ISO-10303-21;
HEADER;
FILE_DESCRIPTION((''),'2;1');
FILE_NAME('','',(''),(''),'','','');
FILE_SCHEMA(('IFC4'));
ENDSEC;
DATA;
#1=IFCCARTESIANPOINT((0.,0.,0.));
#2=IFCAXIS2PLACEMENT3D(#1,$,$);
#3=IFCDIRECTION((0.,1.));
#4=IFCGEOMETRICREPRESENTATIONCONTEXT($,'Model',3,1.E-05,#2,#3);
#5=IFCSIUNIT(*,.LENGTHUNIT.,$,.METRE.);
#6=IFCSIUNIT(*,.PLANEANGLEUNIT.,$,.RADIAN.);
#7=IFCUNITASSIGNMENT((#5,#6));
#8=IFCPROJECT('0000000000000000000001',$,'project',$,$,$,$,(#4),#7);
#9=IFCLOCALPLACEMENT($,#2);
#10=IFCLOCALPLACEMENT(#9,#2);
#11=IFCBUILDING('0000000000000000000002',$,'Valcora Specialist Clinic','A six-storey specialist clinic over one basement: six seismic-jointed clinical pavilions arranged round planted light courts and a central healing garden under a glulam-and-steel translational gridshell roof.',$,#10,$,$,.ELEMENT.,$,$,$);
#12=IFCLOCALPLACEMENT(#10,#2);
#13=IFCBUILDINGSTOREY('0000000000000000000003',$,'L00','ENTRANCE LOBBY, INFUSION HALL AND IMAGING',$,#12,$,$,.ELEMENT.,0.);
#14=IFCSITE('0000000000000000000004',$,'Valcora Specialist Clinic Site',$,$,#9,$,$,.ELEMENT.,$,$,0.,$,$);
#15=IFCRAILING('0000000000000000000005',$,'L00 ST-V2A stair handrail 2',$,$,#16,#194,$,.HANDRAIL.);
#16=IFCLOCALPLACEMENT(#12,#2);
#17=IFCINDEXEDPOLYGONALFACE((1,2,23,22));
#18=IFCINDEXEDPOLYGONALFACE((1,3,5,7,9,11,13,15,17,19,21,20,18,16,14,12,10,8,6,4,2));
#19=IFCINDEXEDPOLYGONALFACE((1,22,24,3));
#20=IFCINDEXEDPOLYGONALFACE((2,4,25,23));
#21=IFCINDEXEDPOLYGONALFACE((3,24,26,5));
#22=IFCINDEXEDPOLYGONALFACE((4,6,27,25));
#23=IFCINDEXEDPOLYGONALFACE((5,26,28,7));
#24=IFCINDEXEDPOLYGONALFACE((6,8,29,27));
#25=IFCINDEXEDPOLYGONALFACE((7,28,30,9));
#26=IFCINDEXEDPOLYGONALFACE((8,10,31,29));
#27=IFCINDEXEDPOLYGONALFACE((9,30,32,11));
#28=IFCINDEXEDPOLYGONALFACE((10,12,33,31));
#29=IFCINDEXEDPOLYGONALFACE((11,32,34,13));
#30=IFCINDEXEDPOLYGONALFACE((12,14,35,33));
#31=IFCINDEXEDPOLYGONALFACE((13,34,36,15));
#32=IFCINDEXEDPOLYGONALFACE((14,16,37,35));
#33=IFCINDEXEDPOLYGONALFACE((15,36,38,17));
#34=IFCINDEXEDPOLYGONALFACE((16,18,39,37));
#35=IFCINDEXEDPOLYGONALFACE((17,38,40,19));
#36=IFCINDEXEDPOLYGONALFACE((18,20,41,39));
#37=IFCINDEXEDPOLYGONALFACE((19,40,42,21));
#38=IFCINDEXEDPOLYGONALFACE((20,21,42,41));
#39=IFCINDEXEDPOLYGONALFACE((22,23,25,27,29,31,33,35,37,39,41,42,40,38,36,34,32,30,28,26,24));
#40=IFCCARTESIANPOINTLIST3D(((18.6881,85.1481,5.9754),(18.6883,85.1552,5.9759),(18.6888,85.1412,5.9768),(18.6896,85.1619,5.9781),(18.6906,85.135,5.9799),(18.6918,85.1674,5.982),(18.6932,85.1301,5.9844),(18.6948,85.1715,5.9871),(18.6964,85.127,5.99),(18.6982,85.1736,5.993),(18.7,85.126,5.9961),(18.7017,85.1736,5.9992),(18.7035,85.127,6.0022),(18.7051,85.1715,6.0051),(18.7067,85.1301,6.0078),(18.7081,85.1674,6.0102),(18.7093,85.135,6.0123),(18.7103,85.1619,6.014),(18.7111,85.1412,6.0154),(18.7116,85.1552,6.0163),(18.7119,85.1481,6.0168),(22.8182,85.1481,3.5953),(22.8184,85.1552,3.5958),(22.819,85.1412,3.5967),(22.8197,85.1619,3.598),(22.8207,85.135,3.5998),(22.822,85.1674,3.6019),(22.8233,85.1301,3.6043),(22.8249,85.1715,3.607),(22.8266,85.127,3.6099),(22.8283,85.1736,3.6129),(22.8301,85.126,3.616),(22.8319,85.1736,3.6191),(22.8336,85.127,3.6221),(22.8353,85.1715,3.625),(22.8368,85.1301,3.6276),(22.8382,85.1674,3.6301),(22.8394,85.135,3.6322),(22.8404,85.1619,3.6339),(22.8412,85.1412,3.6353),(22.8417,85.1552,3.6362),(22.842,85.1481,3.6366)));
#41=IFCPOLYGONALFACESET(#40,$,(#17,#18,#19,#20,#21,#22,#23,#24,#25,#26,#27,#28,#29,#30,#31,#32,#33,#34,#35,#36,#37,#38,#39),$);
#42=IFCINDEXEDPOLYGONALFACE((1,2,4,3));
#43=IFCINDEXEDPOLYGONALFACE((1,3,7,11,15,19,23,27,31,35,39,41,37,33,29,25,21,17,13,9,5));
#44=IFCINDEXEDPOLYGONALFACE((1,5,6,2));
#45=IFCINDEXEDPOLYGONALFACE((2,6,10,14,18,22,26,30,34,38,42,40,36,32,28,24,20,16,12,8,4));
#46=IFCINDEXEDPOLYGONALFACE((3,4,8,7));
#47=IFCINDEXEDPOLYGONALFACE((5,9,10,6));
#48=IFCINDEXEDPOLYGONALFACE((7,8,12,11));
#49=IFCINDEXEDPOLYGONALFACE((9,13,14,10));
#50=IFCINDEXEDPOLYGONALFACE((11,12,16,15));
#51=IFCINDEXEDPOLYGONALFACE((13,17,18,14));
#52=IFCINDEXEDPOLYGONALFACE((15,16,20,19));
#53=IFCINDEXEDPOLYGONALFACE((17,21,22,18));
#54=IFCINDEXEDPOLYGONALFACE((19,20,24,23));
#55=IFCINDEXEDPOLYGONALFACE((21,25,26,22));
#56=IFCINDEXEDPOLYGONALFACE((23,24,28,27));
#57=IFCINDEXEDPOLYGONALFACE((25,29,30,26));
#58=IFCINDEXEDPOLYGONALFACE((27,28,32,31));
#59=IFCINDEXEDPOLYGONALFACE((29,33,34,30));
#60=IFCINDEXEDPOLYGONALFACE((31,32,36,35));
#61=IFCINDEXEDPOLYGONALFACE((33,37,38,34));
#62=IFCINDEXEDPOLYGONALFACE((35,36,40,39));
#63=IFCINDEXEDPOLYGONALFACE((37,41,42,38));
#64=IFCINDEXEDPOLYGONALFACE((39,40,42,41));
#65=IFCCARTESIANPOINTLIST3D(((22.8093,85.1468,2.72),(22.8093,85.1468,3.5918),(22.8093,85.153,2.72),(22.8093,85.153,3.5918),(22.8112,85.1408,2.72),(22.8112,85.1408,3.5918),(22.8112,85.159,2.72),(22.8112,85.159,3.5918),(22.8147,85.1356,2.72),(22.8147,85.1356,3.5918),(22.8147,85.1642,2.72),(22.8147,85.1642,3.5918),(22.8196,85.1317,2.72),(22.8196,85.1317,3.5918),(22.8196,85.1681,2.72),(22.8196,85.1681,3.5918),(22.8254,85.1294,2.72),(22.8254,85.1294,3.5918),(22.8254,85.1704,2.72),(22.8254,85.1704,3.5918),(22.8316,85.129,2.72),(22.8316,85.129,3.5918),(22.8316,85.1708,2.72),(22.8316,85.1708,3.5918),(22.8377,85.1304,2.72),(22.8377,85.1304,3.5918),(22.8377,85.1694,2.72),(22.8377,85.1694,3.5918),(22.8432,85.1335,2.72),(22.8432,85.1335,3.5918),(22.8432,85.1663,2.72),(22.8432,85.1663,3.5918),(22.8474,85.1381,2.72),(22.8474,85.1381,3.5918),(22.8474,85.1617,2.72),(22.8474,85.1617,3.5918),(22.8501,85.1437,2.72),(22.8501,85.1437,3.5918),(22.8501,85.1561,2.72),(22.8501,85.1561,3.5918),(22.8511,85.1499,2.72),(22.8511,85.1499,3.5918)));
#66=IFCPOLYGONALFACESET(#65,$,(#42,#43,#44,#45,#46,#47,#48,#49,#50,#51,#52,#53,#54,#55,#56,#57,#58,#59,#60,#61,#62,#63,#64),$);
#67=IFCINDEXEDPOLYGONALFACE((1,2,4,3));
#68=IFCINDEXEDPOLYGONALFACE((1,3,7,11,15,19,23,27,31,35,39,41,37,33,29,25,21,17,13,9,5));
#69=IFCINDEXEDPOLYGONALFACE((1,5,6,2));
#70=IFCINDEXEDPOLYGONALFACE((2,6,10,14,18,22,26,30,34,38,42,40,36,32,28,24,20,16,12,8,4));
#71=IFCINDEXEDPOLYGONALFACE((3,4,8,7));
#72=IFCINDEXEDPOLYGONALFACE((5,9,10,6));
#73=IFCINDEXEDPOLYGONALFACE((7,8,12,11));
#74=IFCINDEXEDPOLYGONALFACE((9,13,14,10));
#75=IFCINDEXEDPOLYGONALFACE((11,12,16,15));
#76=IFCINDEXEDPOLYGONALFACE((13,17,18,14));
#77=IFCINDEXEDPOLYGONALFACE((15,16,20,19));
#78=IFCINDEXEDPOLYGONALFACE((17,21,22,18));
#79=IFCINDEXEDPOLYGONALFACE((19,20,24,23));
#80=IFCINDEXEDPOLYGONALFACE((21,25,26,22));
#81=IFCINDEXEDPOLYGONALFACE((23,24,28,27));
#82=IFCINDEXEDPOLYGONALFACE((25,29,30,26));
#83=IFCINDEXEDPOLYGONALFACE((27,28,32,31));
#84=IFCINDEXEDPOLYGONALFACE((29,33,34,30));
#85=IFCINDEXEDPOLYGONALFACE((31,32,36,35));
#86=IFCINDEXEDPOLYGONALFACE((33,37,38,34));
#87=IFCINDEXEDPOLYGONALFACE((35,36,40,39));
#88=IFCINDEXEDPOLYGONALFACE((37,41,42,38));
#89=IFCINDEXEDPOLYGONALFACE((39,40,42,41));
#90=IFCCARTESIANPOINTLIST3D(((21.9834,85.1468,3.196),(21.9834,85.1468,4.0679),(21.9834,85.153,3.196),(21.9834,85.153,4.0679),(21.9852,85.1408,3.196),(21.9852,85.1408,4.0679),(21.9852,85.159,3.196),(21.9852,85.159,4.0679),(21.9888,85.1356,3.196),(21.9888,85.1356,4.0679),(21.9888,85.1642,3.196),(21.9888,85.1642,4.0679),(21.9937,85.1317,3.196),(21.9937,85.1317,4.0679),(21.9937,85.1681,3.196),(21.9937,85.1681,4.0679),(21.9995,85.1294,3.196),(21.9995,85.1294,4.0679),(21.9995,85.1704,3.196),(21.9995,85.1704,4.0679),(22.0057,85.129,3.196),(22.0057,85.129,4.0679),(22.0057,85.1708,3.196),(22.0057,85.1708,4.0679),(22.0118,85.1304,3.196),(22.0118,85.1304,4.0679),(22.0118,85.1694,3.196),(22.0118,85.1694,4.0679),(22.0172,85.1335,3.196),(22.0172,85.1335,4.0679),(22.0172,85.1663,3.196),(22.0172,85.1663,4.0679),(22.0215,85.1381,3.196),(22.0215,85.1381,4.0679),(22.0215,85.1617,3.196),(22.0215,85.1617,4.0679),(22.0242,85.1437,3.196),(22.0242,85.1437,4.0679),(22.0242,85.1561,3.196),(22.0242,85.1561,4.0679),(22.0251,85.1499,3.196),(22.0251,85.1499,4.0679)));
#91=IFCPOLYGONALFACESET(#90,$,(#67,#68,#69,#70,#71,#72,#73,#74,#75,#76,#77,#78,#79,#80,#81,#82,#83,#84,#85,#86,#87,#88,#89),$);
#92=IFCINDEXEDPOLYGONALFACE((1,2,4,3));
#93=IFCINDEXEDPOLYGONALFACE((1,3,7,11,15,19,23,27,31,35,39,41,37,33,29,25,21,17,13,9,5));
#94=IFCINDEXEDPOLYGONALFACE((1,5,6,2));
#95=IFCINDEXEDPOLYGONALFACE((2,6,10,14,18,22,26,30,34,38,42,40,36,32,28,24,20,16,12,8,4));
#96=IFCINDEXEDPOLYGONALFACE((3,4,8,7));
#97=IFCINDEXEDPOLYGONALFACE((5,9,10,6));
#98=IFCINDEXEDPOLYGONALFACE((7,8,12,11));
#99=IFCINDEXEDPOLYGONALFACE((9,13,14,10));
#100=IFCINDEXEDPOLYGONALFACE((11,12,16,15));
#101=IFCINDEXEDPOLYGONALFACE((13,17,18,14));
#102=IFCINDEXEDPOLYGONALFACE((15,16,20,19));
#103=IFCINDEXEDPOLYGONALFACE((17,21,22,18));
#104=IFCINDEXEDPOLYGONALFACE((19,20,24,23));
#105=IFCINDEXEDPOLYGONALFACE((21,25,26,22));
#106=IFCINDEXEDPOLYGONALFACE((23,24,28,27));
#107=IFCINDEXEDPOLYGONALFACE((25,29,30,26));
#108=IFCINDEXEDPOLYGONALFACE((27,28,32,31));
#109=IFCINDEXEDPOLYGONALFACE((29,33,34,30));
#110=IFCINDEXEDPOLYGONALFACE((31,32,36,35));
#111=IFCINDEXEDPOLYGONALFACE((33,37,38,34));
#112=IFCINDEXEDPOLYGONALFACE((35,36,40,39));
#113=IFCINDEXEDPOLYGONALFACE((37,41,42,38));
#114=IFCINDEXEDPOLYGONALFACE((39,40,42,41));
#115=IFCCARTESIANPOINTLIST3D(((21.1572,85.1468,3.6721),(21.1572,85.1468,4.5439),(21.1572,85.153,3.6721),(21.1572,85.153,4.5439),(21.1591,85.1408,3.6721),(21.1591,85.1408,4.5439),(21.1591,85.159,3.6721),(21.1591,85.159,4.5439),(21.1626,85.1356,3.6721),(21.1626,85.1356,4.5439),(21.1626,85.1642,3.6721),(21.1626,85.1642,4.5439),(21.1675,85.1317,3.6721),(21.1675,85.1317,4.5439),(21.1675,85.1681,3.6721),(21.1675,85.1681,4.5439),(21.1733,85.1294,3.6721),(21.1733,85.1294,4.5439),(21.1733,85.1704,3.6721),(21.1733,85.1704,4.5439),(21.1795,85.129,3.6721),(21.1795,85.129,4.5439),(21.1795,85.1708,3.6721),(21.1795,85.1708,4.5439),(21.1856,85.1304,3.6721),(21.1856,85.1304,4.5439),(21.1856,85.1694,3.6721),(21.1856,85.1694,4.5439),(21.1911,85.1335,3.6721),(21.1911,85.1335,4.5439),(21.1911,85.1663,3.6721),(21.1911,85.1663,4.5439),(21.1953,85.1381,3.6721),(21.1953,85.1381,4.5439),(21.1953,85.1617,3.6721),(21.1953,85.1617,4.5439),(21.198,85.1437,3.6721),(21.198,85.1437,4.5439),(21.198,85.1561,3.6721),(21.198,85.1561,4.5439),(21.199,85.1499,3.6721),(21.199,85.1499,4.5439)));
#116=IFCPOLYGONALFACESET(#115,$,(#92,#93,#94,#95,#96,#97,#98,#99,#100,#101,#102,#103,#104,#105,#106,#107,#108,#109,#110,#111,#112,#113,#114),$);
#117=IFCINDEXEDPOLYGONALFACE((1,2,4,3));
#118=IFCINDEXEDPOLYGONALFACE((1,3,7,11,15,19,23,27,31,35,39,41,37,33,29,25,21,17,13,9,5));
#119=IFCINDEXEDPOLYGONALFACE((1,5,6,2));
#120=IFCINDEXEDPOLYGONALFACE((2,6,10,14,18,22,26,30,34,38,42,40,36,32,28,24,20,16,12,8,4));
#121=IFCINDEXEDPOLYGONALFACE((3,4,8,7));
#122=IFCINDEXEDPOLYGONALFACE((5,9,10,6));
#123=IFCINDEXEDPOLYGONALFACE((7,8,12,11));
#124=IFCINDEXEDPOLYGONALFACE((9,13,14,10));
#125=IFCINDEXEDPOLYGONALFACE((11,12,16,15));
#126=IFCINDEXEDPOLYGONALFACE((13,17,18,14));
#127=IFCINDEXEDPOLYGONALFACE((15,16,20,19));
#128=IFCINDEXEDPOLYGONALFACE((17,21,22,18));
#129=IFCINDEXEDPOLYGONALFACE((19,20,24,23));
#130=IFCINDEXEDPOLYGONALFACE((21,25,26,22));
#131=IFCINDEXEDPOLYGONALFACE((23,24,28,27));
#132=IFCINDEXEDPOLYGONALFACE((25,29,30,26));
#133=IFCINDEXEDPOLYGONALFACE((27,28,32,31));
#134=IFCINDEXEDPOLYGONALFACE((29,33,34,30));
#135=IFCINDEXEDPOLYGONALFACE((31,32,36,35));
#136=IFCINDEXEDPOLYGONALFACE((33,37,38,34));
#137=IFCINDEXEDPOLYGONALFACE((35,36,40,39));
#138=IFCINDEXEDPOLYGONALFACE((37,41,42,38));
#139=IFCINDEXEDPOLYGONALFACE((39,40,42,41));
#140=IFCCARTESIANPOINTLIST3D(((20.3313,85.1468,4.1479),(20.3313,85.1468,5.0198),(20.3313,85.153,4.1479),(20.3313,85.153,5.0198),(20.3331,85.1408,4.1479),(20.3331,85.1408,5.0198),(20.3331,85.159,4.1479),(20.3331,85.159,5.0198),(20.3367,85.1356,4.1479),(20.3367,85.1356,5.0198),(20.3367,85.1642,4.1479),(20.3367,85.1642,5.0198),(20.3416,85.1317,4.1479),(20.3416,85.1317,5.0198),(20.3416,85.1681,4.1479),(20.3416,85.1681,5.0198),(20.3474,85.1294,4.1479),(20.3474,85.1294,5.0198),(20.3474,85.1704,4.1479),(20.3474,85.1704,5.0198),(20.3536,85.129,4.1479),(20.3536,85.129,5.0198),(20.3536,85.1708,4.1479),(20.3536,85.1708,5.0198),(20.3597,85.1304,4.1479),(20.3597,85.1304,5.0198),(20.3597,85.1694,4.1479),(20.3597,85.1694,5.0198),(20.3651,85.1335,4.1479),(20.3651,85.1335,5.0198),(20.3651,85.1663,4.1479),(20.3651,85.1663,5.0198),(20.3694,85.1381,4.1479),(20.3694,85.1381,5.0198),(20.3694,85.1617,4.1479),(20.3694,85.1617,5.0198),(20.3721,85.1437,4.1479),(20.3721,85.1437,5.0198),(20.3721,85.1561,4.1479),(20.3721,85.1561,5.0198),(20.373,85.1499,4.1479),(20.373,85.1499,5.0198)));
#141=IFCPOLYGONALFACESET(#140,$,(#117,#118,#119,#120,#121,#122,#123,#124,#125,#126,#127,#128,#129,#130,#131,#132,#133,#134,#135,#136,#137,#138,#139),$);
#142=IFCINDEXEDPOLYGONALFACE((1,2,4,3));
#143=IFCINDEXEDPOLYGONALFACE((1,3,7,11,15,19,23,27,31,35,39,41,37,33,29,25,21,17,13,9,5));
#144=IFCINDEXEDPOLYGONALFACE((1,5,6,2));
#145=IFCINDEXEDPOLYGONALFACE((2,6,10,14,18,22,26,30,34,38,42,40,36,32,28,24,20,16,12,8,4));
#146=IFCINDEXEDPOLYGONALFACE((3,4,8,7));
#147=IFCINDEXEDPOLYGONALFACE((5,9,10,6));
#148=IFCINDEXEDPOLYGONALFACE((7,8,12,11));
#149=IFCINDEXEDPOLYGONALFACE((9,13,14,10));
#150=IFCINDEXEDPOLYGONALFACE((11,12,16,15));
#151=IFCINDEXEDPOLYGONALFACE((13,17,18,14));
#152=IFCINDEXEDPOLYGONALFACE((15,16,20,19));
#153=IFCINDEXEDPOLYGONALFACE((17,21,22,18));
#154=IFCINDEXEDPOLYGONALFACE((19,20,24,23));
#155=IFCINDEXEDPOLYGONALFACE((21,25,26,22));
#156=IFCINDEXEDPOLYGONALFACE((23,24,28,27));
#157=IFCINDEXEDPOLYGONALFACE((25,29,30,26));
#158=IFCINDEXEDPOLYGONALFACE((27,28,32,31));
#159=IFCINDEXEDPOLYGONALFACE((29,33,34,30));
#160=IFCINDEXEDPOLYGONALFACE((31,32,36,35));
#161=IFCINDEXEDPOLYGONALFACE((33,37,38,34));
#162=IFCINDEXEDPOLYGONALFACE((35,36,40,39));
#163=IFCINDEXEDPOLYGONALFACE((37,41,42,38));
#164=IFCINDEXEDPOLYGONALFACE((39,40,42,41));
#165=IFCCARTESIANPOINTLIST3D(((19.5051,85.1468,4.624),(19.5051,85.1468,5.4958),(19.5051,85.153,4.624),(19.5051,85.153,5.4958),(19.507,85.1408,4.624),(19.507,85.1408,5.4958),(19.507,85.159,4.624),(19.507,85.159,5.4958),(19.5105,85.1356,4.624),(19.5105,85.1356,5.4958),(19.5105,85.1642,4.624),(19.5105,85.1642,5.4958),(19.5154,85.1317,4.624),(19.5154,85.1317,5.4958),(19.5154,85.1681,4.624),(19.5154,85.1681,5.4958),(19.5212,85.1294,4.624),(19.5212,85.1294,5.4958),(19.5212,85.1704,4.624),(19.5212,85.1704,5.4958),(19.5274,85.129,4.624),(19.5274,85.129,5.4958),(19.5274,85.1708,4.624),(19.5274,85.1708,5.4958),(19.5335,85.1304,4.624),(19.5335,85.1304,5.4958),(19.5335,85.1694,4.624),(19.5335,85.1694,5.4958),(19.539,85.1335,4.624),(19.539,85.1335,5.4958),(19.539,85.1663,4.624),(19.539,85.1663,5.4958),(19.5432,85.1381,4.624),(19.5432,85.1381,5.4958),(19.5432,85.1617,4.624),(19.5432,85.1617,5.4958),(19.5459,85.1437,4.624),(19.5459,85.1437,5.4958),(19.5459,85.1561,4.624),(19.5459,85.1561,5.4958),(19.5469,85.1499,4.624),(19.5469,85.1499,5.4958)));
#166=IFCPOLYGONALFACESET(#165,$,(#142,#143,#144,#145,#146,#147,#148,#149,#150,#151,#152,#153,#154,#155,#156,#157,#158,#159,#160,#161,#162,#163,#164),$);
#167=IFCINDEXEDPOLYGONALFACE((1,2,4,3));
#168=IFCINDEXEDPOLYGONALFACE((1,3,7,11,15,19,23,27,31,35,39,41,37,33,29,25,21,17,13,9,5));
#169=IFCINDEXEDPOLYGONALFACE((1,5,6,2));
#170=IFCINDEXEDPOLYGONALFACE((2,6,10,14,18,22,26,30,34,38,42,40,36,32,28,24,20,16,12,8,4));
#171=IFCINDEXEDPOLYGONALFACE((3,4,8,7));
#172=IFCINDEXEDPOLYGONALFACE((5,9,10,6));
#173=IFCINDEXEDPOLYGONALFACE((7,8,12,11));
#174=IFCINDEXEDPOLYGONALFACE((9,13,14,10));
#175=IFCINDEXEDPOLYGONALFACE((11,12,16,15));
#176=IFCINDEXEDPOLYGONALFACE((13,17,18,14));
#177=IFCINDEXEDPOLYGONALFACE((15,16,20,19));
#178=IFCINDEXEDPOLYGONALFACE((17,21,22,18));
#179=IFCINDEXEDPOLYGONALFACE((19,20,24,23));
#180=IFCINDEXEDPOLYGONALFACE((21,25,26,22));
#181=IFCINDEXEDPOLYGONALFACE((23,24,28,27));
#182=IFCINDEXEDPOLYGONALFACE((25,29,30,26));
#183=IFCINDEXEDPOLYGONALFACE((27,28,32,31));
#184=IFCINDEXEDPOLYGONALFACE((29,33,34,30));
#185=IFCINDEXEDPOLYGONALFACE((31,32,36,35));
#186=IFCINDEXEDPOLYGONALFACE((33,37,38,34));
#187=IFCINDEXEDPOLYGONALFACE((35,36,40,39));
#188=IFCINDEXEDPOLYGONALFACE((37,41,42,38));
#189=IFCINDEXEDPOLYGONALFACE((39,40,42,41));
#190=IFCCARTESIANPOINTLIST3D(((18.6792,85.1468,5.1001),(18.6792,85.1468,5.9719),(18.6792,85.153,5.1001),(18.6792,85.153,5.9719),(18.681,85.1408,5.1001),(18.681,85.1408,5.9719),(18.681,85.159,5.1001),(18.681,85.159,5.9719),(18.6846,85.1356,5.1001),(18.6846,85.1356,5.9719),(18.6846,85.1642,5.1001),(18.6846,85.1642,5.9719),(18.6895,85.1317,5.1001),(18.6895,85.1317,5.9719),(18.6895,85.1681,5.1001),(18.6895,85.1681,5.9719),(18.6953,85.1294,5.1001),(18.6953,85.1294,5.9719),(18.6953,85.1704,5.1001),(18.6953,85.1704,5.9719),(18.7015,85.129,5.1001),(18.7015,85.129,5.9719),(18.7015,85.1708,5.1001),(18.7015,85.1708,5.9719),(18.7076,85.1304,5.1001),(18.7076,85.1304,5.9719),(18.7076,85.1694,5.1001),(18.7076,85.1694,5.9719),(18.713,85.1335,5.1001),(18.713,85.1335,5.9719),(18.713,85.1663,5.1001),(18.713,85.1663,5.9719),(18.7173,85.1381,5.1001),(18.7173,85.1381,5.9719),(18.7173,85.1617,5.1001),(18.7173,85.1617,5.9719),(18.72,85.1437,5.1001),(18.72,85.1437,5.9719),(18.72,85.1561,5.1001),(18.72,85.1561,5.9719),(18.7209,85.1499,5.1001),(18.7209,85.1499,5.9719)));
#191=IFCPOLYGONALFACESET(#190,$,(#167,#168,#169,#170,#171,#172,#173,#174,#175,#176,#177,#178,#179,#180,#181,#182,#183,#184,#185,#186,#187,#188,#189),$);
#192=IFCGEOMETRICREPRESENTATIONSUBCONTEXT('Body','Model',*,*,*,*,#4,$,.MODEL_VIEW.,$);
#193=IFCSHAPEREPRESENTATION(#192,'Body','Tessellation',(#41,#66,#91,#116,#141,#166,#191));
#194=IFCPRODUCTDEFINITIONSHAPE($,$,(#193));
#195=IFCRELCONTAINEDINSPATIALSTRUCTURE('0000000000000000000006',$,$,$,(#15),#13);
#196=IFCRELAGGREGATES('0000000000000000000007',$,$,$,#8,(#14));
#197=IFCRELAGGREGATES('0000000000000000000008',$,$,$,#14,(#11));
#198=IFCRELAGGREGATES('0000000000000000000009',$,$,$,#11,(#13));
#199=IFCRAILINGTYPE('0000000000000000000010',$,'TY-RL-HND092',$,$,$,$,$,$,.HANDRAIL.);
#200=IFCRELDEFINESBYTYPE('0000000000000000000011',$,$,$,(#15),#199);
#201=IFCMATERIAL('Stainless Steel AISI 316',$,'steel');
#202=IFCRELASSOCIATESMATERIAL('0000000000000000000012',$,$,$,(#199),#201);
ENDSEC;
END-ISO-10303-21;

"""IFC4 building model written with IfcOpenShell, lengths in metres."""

from ifc_helpers import new_model, si_unit, direction, frame, origin, origin_2d, place, context, subcontext, project, spatial, circle, extrude, material, type_object, element, save


model = new_model("IFC4")

# Units and contexts
model_context = context("Model", 3, precision=1e-05, world=origin(), true_north=direction((0.0, 1.0)))
body_context = subcontext(model_context, "Body", "Model", "MODEL_VIEW")
ifc_project = project(units=[si_unit("LENGTHUNIT", "METRE"), si_unit("PLANEANGLEUNIT", "RADIAN")], contexts=[model_context])

# Site, building, storey
site_placement = place(None, origin())
site = spatial("IfcSite", under=ifc_project, at=site_placement, Name="Valcora Specialist Clinic Site", CompositionType="ELEMENT", RefElevation=0.0)
building_placement = place(site_placement, origin())
building = spatial("IfcBuilding", under=site, at=building_placement, Name="Valcora Specialist Clinic", Description="A six-storey specialist clinic over one basement: six seismic-jointed clinical pavilions arranged round planted light courts and a central healing garden under a glulam-and-steel translational gridshell roof.", CompositionType="ELEMENT")
storey_placement = place(building_placement, origin())
storey = spatial("IfcBuildingStorey", under=building, at=storey_placement, Name="L00", Description="ENTRANCE LOBBY, INFUSION HALL AND IMAGING", CompositionType="ELEMENT", Elevation=0.0)

# Railing
ifc_material_1 = material(Name="Stainless Steel AISI 316", Category="steel")
railing_type_1 = type_object("IfcRailingType", Name="TY-RL-HND092", PredefinedType="HANDRAIL", material=ifc_material_1)
railing_1_placement = place(storey_placement, frame((22.8301, 85.1499, 2.72)))
element("IfcRailing", 1, at=railing_1_placement, inside=storey, type_object=railing_type_1, Name="L00 ST-V2A stair handrail 2", PredefinedType="HANDRAIL", context=body_context, shape_type="SweptSolid", body=[
    extrude(circle(Radius=0.0239, at=origin_2d()), frame((0.0, 0.0, 0.896), z_axis=(-0.866425, 0.0, 0.499307), x_axis=(0.0, -1.0, 0.0)), (0.0, 0.0, 1.0), 4.7668),
    extrude(circle(Radius=0.021, at=origin_2d()), origin(), (0.0, 0.0, 1.0), 0.8718),
    extrude(circle(Radius=0.021, at=origin_2d()), frame((-0.8259, 0.0, 0.4761)), (0.0, 0.0, 1.0), 0.8718),
    extrude(circle(Radius=0.021, at=origin_2d()), frame((-1.6521, 0.0, 0.9521)), (0.0, 0.0, 1.0), 0.8718),
    extrude(circle(Radius=0.021, at=origin_2d()), frame((-2.478, 0.0, 1.428)), (0.0, 0.0, 1.0), 0.8718),
    extrude(circle(Radius=0.021, at=origin_2d()), frame((-3.3042, 0.0, 1.9041)), (0.0, 0.0, 1.0), 0.8718),
    extrude(circle(Radius=0.021, at=origin_2d()), frame((-4.1301, 0.0, 2.3801)), (0.0, 0.0, 1.0), 0.8718),
])

save(model, "model.ifc")
